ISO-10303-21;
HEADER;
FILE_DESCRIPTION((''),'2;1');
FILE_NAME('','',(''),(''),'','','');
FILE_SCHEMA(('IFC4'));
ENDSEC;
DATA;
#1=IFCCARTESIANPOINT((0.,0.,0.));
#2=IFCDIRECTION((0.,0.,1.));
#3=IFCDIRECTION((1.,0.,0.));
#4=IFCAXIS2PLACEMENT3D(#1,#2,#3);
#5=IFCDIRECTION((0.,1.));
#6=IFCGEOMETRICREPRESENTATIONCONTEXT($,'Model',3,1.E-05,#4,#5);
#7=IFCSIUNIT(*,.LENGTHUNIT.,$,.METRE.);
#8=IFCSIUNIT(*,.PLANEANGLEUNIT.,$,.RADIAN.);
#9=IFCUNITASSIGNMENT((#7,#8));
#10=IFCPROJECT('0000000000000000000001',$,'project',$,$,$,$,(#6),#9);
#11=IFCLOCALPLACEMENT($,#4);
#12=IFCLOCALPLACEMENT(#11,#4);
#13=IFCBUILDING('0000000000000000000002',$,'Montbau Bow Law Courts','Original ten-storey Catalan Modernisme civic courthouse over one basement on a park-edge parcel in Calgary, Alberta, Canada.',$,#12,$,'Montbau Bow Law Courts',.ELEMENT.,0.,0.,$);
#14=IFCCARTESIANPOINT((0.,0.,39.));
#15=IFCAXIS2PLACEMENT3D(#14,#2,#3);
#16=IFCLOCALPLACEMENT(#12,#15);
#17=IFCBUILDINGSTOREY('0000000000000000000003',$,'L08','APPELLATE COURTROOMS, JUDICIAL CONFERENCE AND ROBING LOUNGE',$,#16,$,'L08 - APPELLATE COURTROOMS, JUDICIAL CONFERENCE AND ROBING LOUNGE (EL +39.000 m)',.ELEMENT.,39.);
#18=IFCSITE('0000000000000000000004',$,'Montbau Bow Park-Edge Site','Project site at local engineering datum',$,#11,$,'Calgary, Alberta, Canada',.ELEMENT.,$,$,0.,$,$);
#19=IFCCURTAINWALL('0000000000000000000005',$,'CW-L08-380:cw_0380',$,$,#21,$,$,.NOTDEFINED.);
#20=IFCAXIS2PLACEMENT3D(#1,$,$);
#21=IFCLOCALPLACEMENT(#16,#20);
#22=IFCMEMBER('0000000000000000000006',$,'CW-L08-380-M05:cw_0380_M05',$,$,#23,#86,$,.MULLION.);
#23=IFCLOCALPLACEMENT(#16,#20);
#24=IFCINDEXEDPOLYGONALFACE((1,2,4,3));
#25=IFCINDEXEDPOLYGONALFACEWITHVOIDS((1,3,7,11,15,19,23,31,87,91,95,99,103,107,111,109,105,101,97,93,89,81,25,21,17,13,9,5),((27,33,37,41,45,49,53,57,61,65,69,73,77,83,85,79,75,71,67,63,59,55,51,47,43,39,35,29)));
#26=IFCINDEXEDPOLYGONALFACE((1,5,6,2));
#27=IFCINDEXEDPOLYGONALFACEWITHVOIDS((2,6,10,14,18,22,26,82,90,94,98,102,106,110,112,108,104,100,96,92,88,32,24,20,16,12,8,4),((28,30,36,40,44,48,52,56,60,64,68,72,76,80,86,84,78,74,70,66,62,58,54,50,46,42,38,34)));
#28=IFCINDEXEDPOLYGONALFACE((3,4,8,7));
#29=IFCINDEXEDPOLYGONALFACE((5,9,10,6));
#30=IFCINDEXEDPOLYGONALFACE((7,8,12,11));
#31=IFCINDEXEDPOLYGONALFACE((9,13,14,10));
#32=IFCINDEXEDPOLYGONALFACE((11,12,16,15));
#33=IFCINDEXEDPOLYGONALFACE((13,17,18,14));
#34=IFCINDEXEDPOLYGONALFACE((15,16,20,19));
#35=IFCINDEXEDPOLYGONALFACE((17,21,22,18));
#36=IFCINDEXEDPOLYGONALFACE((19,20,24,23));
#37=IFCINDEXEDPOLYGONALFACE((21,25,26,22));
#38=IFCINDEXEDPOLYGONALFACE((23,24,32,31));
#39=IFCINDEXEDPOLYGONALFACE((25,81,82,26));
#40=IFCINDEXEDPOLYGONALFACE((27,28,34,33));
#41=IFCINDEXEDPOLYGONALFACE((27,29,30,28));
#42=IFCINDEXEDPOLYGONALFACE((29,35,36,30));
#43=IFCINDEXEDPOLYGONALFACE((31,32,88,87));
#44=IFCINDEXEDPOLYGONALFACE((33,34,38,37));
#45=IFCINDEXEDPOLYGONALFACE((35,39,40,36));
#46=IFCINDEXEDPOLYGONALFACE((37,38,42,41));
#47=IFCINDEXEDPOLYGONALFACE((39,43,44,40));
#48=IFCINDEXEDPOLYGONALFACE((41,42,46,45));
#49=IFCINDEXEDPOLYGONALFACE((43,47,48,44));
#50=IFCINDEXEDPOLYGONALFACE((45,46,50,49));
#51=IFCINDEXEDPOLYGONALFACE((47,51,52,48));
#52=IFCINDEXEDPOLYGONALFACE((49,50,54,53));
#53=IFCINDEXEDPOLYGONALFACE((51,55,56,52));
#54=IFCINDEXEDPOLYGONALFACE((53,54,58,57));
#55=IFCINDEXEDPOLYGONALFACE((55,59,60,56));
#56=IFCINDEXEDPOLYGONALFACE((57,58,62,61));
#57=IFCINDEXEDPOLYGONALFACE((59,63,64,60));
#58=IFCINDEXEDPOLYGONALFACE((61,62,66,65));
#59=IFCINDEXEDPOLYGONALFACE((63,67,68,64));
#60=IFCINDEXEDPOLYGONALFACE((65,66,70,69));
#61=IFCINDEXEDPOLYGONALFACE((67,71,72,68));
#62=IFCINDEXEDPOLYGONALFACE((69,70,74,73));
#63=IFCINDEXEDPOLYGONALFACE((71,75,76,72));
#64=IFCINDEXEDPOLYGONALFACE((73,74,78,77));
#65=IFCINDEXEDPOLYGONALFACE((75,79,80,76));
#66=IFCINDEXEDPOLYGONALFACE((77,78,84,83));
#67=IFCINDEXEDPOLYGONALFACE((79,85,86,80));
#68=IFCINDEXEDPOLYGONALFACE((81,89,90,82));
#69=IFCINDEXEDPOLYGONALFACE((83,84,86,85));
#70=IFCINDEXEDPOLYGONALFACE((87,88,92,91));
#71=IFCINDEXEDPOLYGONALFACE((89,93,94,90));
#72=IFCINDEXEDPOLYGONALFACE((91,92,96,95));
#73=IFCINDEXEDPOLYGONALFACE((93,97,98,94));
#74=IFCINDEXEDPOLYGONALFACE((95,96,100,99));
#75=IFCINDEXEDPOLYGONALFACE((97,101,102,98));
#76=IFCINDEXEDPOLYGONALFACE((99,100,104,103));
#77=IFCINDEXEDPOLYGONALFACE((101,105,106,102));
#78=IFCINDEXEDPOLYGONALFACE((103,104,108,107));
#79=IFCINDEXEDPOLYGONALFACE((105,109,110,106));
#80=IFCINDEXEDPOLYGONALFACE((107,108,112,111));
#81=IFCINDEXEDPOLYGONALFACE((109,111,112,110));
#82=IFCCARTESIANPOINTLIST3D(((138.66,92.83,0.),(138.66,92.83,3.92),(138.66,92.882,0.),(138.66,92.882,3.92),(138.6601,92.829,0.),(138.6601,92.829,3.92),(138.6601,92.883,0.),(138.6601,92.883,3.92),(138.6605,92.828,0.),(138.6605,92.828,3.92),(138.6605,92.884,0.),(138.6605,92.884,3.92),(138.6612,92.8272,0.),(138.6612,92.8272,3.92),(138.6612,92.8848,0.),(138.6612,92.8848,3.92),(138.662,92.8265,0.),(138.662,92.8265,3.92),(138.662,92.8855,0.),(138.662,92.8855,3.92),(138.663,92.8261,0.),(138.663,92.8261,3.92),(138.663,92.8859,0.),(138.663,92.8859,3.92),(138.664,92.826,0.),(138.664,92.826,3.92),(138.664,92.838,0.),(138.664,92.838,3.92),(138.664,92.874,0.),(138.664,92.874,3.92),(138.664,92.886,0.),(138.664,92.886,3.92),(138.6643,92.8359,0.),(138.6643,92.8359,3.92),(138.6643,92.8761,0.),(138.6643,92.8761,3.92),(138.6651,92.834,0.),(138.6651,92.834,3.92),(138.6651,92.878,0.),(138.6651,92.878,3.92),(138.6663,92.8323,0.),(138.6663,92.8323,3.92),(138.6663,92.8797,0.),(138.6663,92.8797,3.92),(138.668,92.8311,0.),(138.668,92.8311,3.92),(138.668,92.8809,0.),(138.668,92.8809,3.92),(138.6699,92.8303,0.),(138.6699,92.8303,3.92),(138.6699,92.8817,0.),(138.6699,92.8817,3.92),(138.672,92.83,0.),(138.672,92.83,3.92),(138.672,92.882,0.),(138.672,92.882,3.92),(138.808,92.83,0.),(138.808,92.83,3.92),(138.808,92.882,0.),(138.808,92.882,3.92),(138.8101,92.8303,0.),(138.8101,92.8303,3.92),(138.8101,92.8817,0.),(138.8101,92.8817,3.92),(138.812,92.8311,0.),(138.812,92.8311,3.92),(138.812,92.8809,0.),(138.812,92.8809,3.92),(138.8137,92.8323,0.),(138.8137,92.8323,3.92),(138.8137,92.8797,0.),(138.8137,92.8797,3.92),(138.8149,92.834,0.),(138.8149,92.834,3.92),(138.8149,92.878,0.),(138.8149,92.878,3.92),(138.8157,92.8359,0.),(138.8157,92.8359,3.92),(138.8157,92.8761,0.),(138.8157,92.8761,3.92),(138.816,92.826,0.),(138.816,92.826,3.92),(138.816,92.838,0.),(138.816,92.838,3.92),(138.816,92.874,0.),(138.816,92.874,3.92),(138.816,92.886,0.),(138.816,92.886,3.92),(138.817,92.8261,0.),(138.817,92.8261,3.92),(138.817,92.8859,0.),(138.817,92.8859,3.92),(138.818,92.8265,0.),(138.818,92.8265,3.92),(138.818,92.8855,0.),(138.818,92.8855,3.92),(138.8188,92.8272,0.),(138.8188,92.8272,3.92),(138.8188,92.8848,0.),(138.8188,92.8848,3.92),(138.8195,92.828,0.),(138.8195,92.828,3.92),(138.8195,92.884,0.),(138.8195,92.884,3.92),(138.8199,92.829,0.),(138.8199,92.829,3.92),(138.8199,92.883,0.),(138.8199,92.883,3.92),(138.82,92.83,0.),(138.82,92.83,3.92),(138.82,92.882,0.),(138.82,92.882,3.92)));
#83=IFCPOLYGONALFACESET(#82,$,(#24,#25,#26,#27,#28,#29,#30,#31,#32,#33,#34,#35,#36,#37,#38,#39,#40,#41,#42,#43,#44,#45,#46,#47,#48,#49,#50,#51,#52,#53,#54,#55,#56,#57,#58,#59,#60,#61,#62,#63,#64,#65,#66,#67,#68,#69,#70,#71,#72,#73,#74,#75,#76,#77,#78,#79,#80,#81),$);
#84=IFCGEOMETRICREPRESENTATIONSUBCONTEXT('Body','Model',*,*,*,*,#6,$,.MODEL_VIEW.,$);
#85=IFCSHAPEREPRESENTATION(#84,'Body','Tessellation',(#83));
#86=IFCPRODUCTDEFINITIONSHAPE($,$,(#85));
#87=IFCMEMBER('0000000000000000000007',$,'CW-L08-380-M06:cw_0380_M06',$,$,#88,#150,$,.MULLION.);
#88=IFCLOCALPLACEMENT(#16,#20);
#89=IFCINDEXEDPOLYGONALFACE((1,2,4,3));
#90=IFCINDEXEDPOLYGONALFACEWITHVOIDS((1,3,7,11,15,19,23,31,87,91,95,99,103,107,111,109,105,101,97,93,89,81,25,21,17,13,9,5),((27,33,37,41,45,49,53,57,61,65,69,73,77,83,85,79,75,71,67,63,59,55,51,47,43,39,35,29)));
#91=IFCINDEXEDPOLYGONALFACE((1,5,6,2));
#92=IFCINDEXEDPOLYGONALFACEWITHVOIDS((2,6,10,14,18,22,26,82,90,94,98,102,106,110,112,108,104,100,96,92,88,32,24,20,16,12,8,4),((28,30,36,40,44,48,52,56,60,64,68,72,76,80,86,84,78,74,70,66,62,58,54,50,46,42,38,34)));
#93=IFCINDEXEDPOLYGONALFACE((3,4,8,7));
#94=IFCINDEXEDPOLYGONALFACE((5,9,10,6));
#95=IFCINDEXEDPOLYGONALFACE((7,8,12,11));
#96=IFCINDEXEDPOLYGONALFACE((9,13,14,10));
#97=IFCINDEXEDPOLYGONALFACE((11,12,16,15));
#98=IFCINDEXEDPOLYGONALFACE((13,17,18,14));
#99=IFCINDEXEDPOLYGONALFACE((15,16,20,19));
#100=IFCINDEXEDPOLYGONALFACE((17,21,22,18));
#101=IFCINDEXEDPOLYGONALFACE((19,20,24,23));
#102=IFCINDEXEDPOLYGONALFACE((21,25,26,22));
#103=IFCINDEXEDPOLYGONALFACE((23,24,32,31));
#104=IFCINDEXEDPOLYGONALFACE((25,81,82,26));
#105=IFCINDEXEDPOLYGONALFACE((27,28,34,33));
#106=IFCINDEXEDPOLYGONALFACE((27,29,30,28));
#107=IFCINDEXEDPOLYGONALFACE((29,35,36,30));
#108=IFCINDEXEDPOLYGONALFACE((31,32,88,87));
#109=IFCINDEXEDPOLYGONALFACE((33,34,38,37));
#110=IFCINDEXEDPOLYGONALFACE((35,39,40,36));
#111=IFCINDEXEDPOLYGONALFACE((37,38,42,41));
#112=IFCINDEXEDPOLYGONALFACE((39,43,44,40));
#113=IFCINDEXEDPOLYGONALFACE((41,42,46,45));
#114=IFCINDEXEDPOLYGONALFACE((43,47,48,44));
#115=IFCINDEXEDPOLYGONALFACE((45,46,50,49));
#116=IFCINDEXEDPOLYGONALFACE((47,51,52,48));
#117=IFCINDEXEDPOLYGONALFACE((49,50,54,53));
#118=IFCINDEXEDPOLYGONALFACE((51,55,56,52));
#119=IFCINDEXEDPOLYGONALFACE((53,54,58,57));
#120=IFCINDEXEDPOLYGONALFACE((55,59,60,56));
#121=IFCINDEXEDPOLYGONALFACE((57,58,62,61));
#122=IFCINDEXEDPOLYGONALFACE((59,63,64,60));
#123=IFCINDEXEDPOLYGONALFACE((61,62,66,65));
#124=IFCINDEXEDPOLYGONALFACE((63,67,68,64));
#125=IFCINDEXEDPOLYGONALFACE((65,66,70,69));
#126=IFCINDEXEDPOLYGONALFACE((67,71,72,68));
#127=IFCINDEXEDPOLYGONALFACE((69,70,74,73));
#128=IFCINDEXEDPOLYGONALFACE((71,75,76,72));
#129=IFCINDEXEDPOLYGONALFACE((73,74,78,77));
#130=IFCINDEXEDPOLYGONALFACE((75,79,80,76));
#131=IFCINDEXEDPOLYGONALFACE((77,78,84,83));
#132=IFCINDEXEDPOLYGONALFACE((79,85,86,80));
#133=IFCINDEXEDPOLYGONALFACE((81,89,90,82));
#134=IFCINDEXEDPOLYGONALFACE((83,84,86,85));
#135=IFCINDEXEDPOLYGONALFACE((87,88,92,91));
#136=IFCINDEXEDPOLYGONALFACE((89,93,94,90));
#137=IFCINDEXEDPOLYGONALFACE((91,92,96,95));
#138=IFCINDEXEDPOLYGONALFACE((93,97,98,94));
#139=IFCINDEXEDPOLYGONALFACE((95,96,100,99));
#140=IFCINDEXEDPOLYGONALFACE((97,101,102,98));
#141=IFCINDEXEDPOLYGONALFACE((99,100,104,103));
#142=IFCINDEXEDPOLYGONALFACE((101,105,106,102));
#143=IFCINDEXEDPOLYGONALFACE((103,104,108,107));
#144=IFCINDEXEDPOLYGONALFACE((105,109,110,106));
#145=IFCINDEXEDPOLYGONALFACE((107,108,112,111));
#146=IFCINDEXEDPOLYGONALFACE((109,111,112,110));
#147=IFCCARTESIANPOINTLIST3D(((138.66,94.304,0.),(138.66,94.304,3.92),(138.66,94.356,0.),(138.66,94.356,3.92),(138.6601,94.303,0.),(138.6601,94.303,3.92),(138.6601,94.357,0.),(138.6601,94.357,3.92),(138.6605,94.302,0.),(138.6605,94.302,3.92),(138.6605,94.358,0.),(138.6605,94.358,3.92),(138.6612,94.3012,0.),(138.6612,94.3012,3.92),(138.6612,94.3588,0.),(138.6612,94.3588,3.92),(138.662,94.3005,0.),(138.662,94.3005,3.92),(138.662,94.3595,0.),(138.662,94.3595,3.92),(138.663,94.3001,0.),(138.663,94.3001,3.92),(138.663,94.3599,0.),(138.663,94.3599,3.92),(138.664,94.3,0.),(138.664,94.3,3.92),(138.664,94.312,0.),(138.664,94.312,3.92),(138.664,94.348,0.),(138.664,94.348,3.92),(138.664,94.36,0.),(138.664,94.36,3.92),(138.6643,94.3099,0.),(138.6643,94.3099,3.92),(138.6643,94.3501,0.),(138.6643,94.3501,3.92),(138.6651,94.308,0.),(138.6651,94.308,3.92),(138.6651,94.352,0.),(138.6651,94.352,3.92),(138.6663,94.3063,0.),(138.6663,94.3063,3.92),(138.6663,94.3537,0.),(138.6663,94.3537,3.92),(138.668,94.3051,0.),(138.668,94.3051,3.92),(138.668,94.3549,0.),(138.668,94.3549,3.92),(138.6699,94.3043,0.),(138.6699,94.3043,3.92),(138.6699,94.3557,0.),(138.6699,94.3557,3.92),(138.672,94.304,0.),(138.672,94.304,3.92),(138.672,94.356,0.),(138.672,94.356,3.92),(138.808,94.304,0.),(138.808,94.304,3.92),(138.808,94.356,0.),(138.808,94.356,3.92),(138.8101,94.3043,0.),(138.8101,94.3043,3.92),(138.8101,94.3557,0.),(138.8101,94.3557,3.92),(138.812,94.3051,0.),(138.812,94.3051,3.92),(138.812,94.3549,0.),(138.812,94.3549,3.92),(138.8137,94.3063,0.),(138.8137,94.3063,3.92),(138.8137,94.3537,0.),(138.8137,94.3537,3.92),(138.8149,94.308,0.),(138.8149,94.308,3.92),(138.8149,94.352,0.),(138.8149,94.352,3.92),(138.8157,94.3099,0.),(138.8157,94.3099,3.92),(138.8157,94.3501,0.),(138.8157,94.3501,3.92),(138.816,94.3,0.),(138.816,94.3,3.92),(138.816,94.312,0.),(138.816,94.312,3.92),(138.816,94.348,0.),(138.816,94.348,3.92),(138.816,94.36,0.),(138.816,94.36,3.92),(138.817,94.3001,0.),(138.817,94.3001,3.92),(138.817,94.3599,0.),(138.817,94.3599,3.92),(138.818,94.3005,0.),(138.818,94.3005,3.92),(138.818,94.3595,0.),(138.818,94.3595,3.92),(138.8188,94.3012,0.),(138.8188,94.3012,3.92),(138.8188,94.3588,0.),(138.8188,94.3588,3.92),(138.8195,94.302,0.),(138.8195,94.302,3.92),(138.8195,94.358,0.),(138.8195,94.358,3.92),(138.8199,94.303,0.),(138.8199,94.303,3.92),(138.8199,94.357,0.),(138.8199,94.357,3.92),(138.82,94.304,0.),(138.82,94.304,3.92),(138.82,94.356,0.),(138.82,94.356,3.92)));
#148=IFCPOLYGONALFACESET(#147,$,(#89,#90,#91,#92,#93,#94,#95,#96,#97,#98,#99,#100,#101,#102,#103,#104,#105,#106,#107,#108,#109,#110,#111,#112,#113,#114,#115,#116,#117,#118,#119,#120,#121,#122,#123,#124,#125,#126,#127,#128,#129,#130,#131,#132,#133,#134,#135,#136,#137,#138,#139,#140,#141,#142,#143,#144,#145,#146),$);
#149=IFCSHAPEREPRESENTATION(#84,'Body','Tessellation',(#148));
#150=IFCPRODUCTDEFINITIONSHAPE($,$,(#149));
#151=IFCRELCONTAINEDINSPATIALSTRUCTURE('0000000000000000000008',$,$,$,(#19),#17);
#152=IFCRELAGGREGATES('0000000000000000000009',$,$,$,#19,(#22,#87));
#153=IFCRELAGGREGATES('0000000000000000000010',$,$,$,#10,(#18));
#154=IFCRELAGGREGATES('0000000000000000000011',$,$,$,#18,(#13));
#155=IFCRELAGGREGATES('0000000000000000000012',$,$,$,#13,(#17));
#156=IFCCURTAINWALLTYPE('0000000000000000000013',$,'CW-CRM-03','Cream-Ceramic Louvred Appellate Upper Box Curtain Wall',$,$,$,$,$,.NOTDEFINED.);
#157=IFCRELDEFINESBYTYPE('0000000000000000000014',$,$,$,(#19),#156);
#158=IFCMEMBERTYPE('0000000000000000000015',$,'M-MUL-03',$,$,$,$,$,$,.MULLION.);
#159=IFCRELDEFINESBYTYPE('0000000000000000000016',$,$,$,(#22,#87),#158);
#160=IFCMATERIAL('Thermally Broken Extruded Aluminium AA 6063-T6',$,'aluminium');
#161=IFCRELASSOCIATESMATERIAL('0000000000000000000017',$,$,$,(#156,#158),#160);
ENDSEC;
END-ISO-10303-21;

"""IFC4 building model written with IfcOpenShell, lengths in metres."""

from ifc_helpers import new_model, si_unit, direction, frame, origin_with_axes, origin_2d_with_axis, place, context, subcontext, project, spatial, hollow_rectangle, extrude, material, material_profile, profile_set, type_object, element, aggregate, save


model = new_model("IFC4")

# Units and contexts
model_context = context("Model", 3, precision=1e-05, world=origin_with_axes(), true_north=direction((0.0, 1.0)))
body_context = subcontext(model_context, "Body", "Model", "MODEL_VIEW")
ifc_project = project(units=[si_unit("LENGTHUNIT", "METRE"), si_unit("PLANEANGLEUNIT", "RADIAN")], contexts=[model_context])

# Site, building, storey
site_placement = place(None, origin_with_axes())
site = spatial("IfcSite", under=ifc_project, at=site_placement, Name="Montbau Bow Park-Edge Site", Description="Project site at local engineering datum", LongName="Calgary, Alberta, Canada", CompositionType="ELEMENT", RefElevation=0.0)
building_placement = place(site_placement, origin_with_axes())
building = spatial("IfcBuilding", under=site, at=building_placement, Name="Montbau Bow Law Courts", Description="Original ten-storey Catalan Modernisme civic courthouse over one basement on a park-edge parcel in Calgary, Alberta, Canada.", LongName="Montbau Bow Law Courts", CompositionType="ELEMENT", ElevationOfRefHeight=0.0, ElevationOfTerrain=0.0)
storey_placement = place(building_placement, frame((0.0, 0.0, 39.0), z_axis=(0.0, 0.0, 1.0), x_axis=(1.0, 0.0, 0.0)))
storey = spatial("IfcBuildingStorey", under=building, at=storey_placement, Name="L08", Description="APPELLATE COURTROOMS, JUDICIAL CONFERENCE AND ROBING LOUNGE", LongName="L08 - APPELLATE COURTROOMS, JUDICIAL CONFERENCE AND ROBING LOUNGE (EL +39.000 m)", CompositionType="ELEMENT", Elevation=39.0)

# Curtain wall, members
ifc_material_1 = material(Name="Thermally Broken Extruded Aluminium AA 6063-T6", Category="aluminium")
curtain_wall_type = type_object("IfcCurtainWallType", Name="CW-CRM-03", Description="Cream-Ceramic Louvred Appellate Upper Box Curtain Wall", PredefinedType="NOTDEFINED", material=ifc_material_1)
curtain_wall_1_placement = place(None, frame((138.74, 86.84, 39.0), z_axis=(0.0, 0.0, 1.0), x_axis=(1.0, 0.0, 0.0)))
curtain_wall_1 = element("IfcCurtainWall", 1, at=curtain_wall_1_placement, inside=storey, type_object=curtain_wall_type, Name="CW-L08-380:cw_0380", PredefinedType="NOTDEFINED")
ifc_material_profile_1 = material_profile(ifc_material_1, hollow_rectangle(XDim=0.06, YDim=0.16, WallThickness=0.004, InnerFilletRadius=0.008, OuterFilletRadius=0.004, at=origin_2d_with_axis()), Name="CWM-160X60", Category="Main", Priority=0)
ifc_profile_set_1 = profile_set([ifc_material_profile_1], Name="Thermally Broken Extruded Aluminium AA 6063-T6")
member_type_1 = type_object("IfcMemberType", Name="M-MUL-03", PredefinedType="MULLION", material=ifc_profile_set_1)
member_1_placement = place(None, frame((138.74, 92.856, 39.0), z_axis=(0.0, 0.0, 1.0), x_axis=(0.0, 1.0, 0.0)))
member_1 = element("IfcMember", 2, at=member_1_placement, type_object=member_type_1, Name="CW-L08-380-M05:cw_0380_M05", PredefinedType="MULLION", context=body_context, shape_type="SweptSolid", body=[
    extrude(hollow_rectangle(XDim=0.06, YDim=0.16, WallThickness=0.004, InnerFilletRadius=0.008, OuterFilletRadius=0.004, at=origin_2d_with_axis()), origin_with_axes(), (0.0, 0.0, 1.0), 3.92),
])
member_2_placement = place(None, frame((138.74, 94.33, 39.0), z_axis=(0.0, 0.0, 1.0), x_axis=(0.0, 1.0, 0.0)))
member_2 = element("IfcMember", 3, at=member_2_placement, type_object=member_type_1, Name="CW-L08-380-M06:cw_0380_M06", PredefinedType="MULLION", context=body_context, shape_type="SweptSolid", body=[
    extrude(hollow_rectangle(XDim=0.06, YDim=0.16, WallThickness=0.004, InnerFilletRadius=0.008, OuterFilletRadius=0.004, at=origin_2d_with_axis()), origin_with_axes(), (0.0, 0.0, 1.0), 3.92),
])

aggregate(curtain_wall_1, [member_1, member_2])

save(model, "model.ifc")
